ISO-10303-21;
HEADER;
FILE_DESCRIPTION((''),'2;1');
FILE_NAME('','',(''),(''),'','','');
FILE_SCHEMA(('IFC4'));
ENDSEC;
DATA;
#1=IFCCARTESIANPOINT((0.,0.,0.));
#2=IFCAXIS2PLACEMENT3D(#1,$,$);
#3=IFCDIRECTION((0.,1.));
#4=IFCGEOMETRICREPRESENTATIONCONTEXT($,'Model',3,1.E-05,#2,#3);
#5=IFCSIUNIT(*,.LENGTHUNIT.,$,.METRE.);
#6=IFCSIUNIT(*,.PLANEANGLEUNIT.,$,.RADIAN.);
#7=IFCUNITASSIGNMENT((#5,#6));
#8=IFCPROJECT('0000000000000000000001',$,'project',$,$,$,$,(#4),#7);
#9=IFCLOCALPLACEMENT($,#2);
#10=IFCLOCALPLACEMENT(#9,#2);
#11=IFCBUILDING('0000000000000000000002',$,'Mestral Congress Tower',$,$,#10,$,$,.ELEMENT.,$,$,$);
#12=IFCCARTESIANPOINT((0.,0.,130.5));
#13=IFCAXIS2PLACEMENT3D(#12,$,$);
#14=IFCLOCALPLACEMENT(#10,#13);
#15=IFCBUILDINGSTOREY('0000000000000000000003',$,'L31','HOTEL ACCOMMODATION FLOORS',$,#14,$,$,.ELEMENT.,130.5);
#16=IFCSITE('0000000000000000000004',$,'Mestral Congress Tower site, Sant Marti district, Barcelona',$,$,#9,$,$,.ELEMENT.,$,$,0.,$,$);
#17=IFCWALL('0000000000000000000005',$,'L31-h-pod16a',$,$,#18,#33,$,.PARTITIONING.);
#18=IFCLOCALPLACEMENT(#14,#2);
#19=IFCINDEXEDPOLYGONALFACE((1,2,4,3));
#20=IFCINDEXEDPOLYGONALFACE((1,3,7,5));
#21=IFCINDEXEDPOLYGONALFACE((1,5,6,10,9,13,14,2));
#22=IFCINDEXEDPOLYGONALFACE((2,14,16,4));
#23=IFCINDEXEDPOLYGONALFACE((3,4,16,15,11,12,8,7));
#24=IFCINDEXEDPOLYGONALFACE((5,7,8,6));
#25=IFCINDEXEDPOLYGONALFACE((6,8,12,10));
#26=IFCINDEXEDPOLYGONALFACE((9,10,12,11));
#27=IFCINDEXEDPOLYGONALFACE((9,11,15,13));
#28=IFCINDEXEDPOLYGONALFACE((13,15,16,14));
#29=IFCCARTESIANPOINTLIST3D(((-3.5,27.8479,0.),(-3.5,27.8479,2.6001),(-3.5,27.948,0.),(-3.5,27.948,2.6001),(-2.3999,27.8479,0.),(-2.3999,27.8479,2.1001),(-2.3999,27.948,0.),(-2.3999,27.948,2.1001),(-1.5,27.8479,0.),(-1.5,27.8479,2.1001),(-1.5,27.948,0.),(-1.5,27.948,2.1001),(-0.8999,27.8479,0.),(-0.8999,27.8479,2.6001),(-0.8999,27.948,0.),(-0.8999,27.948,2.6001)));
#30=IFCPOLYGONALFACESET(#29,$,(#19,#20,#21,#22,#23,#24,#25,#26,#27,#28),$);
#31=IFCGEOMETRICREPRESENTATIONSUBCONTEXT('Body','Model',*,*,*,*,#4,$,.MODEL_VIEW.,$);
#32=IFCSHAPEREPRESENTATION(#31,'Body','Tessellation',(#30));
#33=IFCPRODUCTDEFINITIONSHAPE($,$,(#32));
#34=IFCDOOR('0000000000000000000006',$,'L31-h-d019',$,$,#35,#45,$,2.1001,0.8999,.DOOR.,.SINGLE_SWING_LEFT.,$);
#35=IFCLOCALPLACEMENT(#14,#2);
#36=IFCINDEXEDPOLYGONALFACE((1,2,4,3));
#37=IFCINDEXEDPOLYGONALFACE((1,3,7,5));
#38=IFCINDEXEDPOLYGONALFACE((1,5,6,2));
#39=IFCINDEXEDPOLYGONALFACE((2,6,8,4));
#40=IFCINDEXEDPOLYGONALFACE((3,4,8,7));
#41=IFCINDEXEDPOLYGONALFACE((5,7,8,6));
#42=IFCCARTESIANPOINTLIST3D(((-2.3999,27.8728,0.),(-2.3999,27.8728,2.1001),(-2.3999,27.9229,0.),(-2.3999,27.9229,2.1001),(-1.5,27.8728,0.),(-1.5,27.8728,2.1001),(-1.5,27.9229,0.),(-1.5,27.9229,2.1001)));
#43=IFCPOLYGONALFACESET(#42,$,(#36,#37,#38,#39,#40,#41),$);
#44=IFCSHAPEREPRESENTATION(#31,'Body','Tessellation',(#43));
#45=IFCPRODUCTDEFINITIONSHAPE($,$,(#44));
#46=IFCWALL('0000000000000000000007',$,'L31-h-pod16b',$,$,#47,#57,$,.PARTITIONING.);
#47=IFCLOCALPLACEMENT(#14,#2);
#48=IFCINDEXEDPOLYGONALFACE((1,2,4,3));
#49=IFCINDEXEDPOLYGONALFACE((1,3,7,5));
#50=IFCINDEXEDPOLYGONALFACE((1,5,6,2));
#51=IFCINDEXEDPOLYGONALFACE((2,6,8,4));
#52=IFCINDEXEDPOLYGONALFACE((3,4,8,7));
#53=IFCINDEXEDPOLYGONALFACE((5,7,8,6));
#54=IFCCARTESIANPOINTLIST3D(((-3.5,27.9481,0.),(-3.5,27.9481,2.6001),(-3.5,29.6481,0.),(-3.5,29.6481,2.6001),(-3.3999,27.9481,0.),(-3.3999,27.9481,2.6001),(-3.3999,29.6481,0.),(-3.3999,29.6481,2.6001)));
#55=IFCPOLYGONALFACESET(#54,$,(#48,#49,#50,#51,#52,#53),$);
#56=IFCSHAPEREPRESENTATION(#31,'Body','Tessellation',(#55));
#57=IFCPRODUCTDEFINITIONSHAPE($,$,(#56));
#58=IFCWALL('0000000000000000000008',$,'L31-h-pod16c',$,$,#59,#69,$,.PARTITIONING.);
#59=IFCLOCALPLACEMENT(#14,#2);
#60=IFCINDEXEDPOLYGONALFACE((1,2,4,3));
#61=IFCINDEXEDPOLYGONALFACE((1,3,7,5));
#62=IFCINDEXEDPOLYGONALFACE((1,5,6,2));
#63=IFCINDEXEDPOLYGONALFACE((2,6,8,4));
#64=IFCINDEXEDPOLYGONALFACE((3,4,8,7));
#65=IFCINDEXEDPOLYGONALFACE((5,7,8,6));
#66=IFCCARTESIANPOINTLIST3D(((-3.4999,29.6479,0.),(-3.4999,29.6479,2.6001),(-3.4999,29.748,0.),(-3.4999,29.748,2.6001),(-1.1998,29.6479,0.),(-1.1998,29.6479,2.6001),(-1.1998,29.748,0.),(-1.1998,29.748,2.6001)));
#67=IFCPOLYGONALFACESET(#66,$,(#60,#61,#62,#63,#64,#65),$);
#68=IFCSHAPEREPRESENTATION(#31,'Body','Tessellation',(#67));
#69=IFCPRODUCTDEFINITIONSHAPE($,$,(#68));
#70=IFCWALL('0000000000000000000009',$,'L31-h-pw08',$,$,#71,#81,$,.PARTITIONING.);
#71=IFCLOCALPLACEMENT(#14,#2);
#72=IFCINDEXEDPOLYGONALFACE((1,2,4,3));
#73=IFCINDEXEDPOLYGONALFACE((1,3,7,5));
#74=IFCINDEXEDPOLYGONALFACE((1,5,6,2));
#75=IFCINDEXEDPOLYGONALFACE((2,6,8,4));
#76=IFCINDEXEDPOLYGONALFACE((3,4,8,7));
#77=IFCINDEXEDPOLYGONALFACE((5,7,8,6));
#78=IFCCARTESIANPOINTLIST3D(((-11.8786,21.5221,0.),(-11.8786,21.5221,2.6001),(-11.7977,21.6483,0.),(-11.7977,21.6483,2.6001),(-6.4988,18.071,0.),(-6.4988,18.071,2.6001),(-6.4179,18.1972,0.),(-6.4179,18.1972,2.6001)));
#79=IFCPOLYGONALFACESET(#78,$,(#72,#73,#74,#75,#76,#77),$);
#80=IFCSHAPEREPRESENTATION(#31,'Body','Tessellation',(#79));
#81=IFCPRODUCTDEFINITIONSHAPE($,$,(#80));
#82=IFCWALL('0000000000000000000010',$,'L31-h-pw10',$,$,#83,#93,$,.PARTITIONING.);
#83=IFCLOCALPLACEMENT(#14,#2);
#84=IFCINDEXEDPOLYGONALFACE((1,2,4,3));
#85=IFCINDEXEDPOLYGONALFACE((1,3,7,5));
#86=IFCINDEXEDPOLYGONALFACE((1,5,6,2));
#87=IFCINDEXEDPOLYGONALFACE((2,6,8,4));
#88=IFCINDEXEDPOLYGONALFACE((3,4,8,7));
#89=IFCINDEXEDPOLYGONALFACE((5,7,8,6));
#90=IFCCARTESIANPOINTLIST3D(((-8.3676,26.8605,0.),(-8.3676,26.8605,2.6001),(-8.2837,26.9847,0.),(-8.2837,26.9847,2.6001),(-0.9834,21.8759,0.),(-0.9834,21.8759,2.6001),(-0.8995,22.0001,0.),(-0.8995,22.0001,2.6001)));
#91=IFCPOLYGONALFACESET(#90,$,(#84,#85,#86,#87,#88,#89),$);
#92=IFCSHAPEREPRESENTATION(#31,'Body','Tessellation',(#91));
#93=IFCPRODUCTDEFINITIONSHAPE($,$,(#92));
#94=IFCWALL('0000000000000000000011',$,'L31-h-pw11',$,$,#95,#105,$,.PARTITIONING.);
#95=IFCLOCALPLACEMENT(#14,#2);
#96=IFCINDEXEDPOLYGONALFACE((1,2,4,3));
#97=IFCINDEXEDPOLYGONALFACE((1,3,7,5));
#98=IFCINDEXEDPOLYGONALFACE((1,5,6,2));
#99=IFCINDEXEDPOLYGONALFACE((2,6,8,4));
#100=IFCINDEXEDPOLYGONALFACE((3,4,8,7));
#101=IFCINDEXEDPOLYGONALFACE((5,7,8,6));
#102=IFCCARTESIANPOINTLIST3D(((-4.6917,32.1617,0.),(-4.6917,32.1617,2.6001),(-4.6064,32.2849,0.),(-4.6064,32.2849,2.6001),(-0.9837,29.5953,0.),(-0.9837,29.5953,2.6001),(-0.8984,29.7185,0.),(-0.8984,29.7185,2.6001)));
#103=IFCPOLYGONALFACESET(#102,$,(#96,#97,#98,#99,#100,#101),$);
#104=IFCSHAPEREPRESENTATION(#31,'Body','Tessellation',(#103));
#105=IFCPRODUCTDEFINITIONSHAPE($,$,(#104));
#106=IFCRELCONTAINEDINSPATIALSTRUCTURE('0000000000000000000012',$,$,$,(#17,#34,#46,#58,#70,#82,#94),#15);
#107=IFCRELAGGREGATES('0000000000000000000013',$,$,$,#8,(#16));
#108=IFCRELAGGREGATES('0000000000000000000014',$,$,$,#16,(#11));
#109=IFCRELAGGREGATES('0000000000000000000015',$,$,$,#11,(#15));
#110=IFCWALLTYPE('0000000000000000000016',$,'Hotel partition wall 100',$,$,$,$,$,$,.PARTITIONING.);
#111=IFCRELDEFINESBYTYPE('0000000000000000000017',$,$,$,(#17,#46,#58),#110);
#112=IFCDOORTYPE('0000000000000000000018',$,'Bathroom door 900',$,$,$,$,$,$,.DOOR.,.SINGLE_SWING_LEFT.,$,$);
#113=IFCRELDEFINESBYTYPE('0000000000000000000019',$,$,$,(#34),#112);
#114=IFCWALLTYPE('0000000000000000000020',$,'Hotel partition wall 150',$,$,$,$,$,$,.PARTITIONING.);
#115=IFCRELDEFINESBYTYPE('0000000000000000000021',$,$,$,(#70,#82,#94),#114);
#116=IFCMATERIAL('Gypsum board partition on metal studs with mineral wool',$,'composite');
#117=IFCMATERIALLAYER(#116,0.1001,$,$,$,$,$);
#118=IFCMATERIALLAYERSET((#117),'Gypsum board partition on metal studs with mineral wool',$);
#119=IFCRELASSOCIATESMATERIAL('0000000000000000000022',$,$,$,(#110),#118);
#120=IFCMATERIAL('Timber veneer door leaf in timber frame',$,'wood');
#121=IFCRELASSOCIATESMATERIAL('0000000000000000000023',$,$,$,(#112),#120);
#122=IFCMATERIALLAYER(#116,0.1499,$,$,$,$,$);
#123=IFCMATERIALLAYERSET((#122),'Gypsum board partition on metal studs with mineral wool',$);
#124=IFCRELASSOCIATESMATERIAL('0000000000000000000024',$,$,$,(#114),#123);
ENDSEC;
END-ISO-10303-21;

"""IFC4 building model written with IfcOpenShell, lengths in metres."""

from ifc_helpers import new_model, si_unit, direction, frame, frame_2d, origin, place, context, subcontext, project, spatial, rectangle, extrude, material, layer, layer_set, type_object, element, fill, save


model = new_model("IFC4")

# Units and contexts
model_context = context("Model", 3, precision=1e-05, world=origin(), true_north=direction((0.0, 1.0)))
body_context = subcontext(model_context, "Body", "Model", "MODEL_VIEW")
ifc_project = project(units=[si_unit("LENGTHUNIT", "METRE"), si_unit("PLANEANGLEUNIT", "RADIAN")], contexts=[model_context])

# Site, building, storey
site_placement = place(None, origin())
site = spatial("IfcSite", under=ifc_project, at=site_placement, Name="Mestral Congress Tower site, Sant Marti district, Barcelona", CompositionType="ELEMENT", RefElevation=0.0)
building_placement = place(site_placement, origin())
building = spatial("IfcBuilding", under=site, at=building_placement, Name="Mestral Congress Tower", CompositionType="ELEMENT")
storey_placement = place(building_placement, frame((0.0, 0.0, 130.5)))
storey = spatial("IfcBuildingStorey", under=building, at=storey_placement, Name="L31", Description="HOTEL ACCOMMODATION FLOORS", CompositionType="ELEMENT", Elevation=130.5)

# Wall, opening, door
ifc_material_1 = material(Name="Gypsum board partition on metal studs with mineral wool", Category="composite")
ifc_layer_1 = layer(ifc_material_1, 0.1001)
ifc_layer_set_1 = layer_set([ifc_layer_1], Name="Gypsum board partition on metal studs with mineral wool")
wall_type_1 = type_object("IfcWallType", Name="Hotel partition wall 100", PredefinedType="PARTITIONING", material=ifc_layer_set_1)
wall_1_placement = place(storey_placement, frame((-3.5, 27.8979, 0.0), z_axis=(0.0, 0.0, 1.0), x_axis=(1.0, 0.0, 0.0)))
wall_1 = element("IfcWall", 1, at=wall_1_placement, inside=storey, type_object=wall_type_1, Name="L31-h-pod16a", PredefinedType="PARTITIONING", context=body_context, shape_type="SweptSolid", body=[
    extrude(rectangle(XDim=2.6001, YDim=0.1001, at=frame_2d((1.3, 0.0))), origin(), (0.0, 0.0, 1.0), 2.6001),
])
opening_1_placement = place(wall_1_placement, frame((1.1001, 0.0, 0.0)))
opening_1 = element("IfcOpeningElement", 2, at=opening_1_placement, cuts=wall_1, PredefinedType="OPENING", context=body_context, shape_type="SweptSolid", body=[
    extrude(rectangle(XDim=0.8999, YDim=2.1001, at=frame_2d((0.45, 1.05))), frame((0.0, 0.0601, 0.0), z_axis=(0.0, -1.0, 0.0), x_axis=(1.0, 0.0, 0.0)), (0.0, 0.0, 1.0), 0.1201),
])
ifc_material_2 = material(Name="Timber veneer door leaf in timber frame", Category="wood")
door_type = type_object("IfcDoorType", Name="Bathroom door 900", OperationType="SINGLE_SWING_LEFT", PredefinedType="DOOR", material=ifc_material_2)
door_placement = place(opening_1_placement, origin())
door = element("IfcDoor", 3, at=door_placement, inside=storey, type_object=door_type, Name="L31-h-d019", OperationType="SINGLE_SWING_LEFT", OverallHeight=2.1001, OverallWidth=0.8999, PredefinedType="DOOR", context=body_context, shape_type="SweptSolid", body=[
    extrude(rectangle(XDim=0.8999, YDim=2.1001, at=frame_2d((0.45, 1.05))), frame((0.0, 0.0249, 0.0), z_axis=(0.0, -1.0, 0.0), x_axis=(1.0, 0.0, 0.0)), (0.0, 0.0, 1.0), 0.05),
])
fill(opening_1, door)

# Walls
wall_2_placement = place(storey_placement, frame((-3.45, 27.948, 0.0), z_axis=(0.0, 0.0, 1.0), x_axis=(0.0, 1.0, 0.0)))
element("IfcWall", 4, at=wall_2_placement, inside=storey, type_object=wall_type_1, Name="L31-h-pod16b", PredefinedType="PARTITIONING", context=body_context, shape_type="SweptSolid", body=[
    extrude(rectangle(XDim=1.7, YDim=0.1001, at=frame_2d((0.8501, 0.0))), origin(), (0.0, 0.0, 1.0), 2.6001),
])
wall_3_placement = place(storey_placement, frame((-1.2, 29.698, 0.0), z_axis=(0.0, 0.0, 1.0), x_axis=(-1.0, 0.0, 0.0)))
element("IfcWall", 5, at=wall_3_placement, inside=storey, type_object=wall_type_1, Name="L31-h-pod16c", PredefinedType="PARTITIONING", context=body_context, shape_type="SweptSolid", body=[
    extrude(rectangle(XDim=2.3, YDim=0.1001, at=frame_2d((1.1499, 0.0))), origin(), (0.0, 0.0, 1.0), 2.6001),
])
ifc_layer_2 = layer(ifc_material_1, 0.1499)
ifc_layer_set_2 = layer_set([ifc_layer_2], Name="Gypsum board partition on metal studs with mineral wool")
wall_type_2 = type_object("IfcWallType", Name="Hotel partition wall 150", PredefinedType="PARTITIONING", material=ifc_layer_set_2)
wall_4_placement = place(storey_placement, frame((-11.8381, 21.5852, 0.0), z_axis=(0.0, 0.0, 1.0), x_axis=(0.841699, -0.539947, 0.0)))
element("IfcWall", 6, at=wall_4_placement, inside=storey, type_object=wall_type_2, Name="L31-h-pw08", PredefinedType="PARTITIONING", context=body_context, shape_type="SweptSolid", body=[
    extrude(rectangle(XDim=6.3916, YDim=0.1499, at=frame_2d((3.1958, 0.0))), origin(), (0.0, 0.0, 1.0), 2.6001),
])
wall_5_placement = place(storey_placement, frame((-8.3257, 26.9226, 0.0), z_axis=(0.0, 0.0, 1.0), x_axis=(0.828837, -0.559491, 0.0)))
element("IfcWall", 7, at=wall_5_placement, inside=storey, type_object=wall_type_2, Name="L31-h-pw10", PredefinedType="PARTITIONING", context=body_context, shape_type="SweptSolid", body=[
    extrude(rectangle(XDim=8.9092, YDim=0.1499, at=frame_2d((4.4546, 0.0))), origin(), (0.0, 0.0, 1.0), 2.6001),
])
wall_6_placement = place(storey_placement, frame((-4.6492, 32.2234, 0.0), z_axis=(0.0, 0.0, 1.0), x_axis=(0.822262, -0.569109, 0.0)))
element("IfcWall", 8, at=wall_6_placement, inside=storey, type_object=wall_type_2, Name="L31-h-pw11", PredefinedType="PARTITIONING", context=body_context, shape_type="SweptSolid", body=[
    extrude(rectangle(XDim=4.5095, YDim=0.1499, at=frame_2d((2.2549, 0.0))), origin(), (0.0, 0.0, 1.0), 2.6001),
])

save(model, "model.ifc")
